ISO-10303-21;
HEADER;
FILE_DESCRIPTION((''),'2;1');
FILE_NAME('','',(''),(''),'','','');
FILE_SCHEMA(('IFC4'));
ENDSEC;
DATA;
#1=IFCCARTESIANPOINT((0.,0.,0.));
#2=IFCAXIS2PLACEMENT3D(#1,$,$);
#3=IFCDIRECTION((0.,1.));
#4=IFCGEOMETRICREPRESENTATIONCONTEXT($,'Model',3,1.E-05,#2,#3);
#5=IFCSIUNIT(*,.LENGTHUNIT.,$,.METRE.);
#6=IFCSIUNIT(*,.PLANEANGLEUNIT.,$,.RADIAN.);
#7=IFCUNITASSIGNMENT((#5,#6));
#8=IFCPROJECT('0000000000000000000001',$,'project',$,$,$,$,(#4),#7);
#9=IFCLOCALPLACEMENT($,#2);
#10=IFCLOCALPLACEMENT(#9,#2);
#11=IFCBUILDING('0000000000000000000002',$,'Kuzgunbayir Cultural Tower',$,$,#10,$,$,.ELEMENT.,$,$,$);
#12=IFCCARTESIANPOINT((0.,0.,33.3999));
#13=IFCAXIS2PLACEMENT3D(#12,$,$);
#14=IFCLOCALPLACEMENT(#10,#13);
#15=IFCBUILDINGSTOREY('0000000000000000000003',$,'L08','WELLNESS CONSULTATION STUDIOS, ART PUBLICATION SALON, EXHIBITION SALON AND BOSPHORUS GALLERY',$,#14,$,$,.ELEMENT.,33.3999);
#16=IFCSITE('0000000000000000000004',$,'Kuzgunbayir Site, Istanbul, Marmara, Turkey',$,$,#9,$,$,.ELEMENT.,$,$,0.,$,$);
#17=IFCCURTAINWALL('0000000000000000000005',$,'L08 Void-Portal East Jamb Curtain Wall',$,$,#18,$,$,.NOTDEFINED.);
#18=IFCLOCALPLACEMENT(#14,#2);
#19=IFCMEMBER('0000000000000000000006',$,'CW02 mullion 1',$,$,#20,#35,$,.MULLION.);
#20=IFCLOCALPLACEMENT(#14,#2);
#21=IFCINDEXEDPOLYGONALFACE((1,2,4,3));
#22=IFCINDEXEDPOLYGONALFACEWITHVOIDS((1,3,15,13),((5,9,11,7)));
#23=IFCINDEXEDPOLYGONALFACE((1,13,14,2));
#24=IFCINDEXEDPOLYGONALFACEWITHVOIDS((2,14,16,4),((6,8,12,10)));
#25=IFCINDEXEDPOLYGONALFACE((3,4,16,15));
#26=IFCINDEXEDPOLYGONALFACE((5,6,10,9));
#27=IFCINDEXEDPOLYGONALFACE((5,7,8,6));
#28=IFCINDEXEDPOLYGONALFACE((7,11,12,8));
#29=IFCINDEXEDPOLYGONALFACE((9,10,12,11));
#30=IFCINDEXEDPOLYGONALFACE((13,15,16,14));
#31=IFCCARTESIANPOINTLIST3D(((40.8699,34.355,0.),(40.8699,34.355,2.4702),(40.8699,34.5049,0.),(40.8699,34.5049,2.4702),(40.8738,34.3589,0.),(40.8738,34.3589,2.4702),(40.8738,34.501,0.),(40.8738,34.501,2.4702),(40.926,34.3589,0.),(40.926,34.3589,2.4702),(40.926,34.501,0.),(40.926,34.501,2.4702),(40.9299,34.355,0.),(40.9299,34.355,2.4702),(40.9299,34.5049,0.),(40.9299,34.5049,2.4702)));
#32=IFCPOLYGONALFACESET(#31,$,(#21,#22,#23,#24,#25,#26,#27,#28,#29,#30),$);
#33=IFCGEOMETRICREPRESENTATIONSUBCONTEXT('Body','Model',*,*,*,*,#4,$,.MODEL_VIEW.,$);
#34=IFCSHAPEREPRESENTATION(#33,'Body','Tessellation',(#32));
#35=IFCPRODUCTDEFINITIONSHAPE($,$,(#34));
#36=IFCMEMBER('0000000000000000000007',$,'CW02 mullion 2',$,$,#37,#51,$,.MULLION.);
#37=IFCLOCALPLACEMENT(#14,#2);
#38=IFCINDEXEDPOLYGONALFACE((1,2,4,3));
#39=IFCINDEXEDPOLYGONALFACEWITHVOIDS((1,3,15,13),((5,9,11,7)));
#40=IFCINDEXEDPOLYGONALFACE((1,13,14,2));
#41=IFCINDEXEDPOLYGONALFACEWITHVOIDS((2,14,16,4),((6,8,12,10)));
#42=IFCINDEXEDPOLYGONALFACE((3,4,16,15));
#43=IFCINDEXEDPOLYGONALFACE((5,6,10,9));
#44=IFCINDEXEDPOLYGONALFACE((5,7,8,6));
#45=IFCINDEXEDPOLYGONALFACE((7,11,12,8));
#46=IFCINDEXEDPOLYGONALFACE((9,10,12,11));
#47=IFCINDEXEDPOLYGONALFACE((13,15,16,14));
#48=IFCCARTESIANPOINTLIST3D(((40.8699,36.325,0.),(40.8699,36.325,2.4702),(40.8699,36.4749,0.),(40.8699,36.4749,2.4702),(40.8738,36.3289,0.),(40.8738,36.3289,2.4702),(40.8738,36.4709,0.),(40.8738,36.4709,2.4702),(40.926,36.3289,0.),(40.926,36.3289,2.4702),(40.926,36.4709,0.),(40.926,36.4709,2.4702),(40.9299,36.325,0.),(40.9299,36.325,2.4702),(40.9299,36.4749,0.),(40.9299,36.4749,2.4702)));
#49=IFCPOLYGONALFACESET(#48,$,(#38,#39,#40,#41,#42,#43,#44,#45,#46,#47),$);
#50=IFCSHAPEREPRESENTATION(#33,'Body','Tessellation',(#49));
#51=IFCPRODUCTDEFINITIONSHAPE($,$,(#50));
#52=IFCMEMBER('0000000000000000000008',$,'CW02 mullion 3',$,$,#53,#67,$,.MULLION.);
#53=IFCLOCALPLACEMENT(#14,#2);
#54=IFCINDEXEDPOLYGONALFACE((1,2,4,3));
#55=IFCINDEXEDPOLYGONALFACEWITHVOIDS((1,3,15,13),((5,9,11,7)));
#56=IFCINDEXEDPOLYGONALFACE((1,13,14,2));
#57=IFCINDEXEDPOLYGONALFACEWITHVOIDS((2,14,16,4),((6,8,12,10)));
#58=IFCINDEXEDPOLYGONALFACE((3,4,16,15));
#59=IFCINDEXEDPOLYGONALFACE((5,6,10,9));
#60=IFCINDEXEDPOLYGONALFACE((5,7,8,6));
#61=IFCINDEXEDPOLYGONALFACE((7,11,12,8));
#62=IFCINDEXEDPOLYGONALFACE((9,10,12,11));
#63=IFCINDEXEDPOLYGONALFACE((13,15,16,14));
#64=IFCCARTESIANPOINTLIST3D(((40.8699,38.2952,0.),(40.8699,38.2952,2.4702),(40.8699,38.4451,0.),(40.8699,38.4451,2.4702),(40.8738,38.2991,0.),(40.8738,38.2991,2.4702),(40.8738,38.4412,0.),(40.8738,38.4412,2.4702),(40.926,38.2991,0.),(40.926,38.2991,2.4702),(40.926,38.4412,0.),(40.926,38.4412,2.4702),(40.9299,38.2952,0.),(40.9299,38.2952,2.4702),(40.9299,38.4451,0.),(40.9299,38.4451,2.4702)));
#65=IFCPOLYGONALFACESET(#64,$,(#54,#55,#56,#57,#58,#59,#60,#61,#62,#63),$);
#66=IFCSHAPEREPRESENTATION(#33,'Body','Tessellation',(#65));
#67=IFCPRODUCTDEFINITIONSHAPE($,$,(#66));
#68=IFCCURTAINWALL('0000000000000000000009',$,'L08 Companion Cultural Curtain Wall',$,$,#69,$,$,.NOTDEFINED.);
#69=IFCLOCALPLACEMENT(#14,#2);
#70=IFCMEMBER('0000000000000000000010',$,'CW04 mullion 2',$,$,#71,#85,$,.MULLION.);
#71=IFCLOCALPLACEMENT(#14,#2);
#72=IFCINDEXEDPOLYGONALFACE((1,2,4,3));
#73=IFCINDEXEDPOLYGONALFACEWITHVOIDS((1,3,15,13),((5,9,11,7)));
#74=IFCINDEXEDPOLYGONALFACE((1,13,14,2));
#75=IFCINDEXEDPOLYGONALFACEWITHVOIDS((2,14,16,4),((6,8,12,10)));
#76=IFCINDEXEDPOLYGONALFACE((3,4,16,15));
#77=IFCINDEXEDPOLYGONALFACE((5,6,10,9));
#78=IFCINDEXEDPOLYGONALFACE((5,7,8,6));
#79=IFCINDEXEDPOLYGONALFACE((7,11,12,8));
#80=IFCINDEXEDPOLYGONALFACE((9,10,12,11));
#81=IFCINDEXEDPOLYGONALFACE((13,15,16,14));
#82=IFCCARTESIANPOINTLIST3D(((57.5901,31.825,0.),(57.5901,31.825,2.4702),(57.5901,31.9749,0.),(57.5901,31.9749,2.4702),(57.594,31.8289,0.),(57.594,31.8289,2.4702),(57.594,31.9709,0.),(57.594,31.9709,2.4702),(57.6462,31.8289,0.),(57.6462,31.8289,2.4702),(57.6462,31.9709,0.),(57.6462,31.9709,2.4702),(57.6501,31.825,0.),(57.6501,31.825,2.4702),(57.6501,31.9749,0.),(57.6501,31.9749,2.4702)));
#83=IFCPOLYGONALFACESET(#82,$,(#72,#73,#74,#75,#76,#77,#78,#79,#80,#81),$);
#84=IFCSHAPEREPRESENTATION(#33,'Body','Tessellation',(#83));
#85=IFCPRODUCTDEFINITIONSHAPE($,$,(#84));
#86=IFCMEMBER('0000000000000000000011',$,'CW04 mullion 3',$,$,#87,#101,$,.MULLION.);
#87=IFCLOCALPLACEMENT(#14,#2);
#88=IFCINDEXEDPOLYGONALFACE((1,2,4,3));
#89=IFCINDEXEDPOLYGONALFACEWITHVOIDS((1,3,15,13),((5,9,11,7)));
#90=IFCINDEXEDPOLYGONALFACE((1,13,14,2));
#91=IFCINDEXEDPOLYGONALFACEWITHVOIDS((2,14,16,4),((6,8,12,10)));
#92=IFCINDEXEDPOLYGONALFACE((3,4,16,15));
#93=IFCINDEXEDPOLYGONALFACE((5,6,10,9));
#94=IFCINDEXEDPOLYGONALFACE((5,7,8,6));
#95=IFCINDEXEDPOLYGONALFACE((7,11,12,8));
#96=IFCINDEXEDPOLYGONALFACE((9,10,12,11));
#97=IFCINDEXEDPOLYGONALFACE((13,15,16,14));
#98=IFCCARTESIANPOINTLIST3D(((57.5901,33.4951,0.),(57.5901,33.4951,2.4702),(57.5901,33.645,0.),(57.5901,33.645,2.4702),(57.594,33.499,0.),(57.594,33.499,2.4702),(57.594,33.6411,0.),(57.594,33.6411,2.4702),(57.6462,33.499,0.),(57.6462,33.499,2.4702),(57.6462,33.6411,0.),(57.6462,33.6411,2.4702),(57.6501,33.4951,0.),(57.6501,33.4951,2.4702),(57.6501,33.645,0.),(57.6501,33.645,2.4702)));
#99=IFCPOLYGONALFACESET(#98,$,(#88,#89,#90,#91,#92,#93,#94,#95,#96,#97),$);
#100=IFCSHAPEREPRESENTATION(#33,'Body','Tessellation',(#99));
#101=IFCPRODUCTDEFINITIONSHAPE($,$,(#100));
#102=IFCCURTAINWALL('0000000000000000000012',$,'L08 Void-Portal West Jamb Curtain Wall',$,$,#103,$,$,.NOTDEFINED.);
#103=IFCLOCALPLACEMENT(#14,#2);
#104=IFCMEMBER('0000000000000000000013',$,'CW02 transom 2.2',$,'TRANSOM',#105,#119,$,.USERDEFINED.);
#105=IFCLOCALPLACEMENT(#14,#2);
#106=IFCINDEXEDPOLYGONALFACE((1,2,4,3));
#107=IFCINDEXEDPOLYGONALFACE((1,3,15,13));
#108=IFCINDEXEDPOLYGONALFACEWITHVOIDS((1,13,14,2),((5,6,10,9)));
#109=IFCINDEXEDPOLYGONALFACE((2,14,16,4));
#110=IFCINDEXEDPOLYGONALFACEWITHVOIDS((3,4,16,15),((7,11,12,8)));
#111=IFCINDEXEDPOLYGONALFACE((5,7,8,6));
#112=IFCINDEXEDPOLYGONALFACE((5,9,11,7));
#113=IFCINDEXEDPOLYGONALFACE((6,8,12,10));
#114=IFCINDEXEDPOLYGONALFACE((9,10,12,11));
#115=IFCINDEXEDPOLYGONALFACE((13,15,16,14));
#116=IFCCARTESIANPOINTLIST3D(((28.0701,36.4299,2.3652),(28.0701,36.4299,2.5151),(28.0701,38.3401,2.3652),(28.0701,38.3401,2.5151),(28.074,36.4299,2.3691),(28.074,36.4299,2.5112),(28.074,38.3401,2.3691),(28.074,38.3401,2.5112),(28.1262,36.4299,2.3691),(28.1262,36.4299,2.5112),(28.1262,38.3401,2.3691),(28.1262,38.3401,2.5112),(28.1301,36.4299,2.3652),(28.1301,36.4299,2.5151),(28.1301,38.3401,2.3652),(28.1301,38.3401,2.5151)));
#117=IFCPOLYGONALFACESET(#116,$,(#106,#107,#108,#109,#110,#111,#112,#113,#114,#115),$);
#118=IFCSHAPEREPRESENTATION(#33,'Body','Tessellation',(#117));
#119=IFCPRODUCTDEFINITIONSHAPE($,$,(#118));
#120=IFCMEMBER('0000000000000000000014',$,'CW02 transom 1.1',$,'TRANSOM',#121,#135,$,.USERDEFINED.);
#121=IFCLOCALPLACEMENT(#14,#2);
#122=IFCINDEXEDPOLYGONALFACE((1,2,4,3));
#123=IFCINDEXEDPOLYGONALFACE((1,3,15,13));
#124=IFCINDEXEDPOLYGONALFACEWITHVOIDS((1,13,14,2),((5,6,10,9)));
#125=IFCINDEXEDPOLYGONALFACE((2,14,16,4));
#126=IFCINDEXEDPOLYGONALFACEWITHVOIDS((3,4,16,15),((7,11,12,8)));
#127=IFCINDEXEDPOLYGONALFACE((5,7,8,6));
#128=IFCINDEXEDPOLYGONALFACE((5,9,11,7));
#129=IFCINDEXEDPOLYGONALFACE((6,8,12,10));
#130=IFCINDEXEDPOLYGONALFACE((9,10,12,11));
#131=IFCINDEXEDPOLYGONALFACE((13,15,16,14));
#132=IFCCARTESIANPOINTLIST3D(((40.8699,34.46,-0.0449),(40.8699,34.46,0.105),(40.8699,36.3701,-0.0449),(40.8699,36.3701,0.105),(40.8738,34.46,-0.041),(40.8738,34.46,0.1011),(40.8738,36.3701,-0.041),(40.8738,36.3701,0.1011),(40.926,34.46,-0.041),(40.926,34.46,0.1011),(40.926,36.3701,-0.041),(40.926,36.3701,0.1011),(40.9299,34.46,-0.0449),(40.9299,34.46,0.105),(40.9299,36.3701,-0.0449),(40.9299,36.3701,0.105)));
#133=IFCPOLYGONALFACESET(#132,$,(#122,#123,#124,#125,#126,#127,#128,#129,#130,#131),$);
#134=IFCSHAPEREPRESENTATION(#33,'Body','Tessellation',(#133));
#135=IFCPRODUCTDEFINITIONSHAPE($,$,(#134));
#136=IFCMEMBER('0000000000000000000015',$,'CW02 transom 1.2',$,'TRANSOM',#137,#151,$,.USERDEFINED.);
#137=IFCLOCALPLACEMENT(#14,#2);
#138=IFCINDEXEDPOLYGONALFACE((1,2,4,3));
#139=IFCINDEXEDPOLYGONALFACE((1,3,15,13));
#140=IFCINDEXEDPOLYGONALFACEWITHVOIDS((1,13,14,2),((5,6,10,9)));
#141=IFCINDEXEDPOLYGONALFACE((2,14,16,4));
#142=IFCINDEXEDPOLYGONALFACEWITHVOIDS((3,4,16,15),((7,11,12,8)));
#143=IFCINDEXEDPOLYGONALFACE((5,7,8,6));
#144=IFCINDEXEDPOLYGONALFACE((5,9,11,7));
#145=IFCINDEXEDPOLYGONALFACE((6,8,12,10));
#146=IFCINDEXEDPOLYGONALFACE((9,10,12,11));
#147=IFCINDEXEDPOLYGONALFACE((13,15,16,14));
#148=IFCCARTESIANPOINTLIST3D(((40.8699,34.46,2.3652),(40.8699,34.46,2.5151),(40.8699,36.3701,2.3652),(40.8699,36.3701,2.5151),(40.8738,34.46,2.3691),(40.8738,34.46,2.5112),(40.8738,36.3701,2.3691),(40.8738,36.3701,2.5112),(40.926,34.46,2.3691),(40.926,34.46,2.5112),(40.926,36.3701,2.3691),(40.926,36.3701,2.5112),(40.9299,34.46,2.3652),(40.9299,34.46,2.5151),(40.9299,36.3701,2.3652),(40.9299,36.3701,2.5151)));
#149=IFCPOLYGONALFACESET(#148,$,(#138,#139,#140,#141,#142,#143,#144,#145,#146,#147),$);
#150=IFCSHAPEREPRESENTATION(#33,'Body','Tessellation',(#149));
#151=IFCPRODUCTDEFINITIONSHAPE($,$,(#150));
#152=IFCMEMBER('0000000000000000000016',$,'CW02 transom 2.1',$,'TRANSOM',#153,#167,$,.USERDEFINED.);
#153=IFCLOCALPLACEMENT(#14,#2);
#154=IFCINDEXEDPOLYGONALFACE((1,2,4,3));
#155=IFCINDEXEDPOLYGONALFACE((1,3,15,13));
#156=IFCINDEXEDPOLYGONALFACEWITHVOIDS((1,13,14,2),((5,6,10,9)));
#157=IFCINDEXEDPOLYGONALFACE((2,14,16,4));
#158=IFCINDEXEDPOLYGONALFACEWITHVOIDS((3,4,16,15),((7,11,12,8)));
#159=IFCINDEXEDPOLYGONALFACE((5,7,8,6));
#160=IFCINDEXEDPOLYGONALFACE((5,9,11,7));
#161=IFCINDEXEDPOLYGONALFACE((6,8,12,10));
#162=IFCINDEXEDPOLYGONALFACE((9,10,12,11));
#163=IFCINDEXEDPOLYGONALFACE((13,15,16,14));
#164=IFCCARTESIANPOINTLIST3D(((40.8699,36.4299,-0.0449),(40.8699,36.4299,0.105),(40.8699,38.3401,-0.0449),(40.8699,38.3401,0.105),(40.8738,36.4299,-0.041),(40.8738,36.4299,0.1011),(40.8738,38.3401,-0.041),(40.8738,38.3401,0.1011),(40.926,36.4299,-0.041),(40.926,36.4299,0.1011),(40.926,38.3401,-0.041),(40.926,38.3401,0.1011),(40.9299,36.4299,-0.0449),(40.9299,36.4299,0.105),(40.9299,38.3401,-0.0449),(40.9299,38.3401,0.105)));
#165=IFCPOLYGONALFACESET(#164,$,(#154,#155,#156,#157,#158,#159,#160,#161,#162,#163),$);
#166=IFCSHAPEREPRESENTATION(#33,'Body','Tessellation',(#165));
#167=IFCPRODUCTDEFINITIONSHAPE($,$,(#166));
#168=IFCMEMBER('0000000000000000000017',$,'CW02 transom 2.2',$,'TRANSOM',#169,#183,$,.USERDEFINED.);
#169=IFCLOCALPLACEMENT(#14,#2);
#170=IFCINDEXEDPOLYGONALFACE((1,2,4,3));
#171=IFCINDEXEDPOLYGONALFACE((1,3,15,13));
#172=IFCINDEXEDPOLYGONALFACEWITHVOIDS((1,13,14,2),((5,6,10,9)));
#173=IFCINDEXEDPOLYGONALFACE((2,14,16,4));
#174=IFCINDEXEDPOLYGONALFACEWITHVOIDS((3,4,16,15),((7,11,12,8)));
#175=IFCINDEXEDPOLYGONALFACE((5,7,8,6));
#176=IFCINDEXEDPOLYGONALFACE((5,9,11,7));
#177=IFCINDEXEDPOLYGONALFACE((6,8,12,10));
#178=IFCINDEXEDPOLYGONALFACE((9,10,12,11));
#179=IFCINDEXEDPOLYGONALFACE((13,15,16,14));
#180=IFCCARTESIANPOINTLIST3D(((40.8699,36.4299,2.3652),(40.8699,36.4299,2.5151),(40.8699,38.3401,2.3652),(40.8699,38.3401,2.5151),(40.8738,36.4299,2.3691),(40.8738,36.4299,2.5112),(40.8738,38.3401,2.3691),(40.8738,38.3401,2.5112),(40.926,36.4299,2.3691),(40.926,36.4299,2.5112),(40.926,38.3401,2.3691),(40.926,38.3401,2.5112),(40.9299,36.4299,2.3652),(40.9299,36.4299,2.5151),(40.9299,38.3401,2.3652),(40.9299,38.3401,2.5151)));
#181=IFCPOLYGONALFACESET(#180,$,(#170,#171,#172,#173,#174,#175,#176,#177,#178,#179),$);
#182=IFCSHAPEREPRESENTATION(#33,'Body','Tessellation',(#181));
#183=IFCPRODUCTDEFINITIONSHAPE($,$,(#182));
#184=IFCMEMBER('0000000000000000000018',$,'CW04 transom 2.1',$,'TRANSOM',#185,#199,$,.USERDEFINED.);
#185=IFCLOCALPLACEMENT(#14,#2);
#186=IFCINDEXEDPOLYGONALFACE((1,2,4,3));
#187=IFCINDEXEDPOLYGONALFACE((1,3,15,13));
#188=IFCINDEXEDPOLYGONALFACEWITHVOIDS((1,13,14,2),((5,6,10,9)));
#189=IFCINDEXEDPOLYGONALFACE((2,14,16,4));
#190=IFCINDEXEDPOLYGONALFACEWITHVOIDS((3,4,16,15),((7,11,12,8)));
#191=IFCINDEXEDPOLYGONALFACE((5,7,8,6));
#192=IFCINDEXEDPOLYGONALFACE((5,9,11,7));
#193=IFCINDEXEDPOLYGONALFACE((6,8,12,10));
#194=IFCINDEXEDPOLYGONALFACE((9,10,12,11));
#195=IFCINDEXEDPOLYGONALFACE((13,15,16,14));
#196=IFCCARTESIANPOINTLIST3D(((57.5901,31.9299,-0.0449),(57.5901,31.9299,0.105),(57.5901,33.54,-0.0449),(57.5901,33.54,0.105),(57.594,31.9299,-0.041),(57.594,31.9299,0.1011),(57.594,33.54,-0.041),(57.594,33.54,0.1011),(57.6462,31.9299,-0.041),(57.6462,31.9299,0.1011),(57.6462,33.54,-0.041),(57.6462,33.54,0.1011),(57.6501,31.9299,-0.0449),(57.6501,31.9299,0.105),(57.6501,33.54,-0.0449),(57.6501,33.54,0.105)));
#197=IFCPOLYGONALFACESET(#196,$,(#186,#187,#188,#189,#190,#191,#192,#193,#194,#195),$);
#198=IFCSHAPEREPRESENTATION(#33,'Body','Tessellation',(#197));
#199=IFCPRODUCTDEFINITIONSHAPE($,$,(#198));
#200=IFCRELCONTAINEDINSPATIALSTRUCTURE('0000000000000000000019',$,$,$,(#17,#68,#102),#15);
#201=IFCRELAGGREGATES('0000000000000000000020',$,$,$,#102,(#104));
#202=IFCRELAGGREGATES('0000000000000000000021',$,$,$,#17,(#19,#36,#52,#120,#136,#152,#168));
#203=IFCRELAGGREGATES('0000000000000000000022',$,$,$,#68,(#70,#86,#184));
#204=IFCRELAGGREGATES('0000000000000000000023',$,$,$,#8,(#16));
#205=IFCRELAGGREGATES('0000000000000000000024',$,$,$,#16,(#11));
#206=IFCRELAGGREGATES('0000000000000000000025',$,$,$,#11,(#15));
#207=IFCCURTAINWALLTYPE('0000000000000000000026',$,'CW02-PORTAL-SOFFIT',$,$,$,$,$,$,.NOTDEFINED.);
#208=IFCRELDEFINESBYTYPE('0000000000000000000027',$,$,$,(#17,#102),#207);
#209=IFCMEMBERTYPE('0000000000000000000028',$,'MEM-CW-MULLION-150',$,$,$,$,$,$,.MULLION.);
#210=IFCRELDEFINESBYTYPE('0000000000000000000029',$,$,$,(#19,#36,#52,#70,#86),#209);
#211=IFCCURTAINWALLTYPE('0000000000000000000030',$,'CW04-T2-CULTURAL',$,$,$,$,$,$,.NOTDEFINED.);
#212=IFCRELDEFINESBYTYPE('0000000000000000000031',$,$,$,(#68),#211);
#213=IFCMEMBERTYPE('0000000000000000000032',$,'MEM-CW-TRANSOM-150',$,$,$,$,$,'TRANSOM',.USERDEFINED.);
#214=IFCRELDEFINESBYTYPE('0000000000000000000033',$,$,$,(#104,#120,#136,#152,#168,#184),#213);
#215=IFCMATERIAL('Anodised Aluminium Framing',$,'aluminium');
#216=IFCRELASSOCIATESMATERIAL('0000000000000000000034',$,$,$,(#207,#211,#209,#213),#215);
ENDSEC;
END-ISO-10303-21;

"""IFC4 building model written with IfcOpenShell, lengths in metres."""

from ifc_helpers import new_model, si_unit, direction, frame, origin, origin_2d, place, context, subcontext, project, spatial, hollow_rectangle, extrude, material, material_profile, profile_set, type_object, element, aggregate, save


model = new_model("IFC4")

# Units and contexts
model_context = context("Model", 3, precision=1e-05, world=origin(), true_north=direction((0.0, 1.0)))
body_context = subcontext(model_context, "Body", "Model", "MODEL_VIEW")
ifc_project = project(units=[si_unit("LENGTHUNIT", "METRE"), si_unit("PLANEANGLEUNIT", "RADIAN")], contexts=[model_context])

# Site, building, storey
site_placement = place(None, origin())
site = spatial("IfcSite", under=ifc_project, at=site_placement, Name="Kuzgunbayir Site, Istanbul, Marmara, Turkey", CompositionType="ELEMENT", RefElevation=0.0)
building_placement = place(site_placement, origin())
building = spatial("IfcBuilding", under=site, at=building_placement, Name="Kuzgunbayir Cultural Tower", CompositionType="ELEMENT")
storey_placement = place(building_placement, frame((0.0, 0.0, 33.3999)))
storey = spatial("IfcBuildingStorey", under=building, at=storey_placement, Name="L08", Description="WELLNESS CONSULTATION STUDIOS, ART PUBLICATION SALON, EXHIBITION SALON AND BOSPHORUS GALLERY", CompositionType="ELEMENT", Elevation=33.3999)

# Curtain walls, members
ifc_material_1 = material(Name="Anodised Aluminium Framing", Category="aluminium")
curtain_wall_type_1 = type_object("IfcCurtainWallType", Name="CW02-PORTAL-SOFFIT", PredefinedType="NOTDEFINED", material=ifc_material_1)
curtain_wall_1_placement = place(storey_placement, origin())
curtain_wall_1 = element("IfcCurtainWall", 1, at=curtain_wall_1_placement, inside=storey, type_object=curtain_wall_type_1, Name="L08 Void-Portal East Jamb Curtain Wall", PredefinedType="NOTDEFINED")
ifc_material_profile_1 = material_profile(ifc_material_1, hollow_rectangle(XDim=0.0601, YDim=0.1499, WallThickness=0.0039, at=origin_2d()), Name="RHS 150x60x4")
ifc_profile_set_1 = profile_set([ifc_material_profile_1], Name="Anodised Aluminium Framing")
member_type_1 = type_object("IfcMemberType", Name="MEM-CW-MULLION-150", PredefinedType="MULLION", material=ifc_profile_set_1)
member_1_placement = place(storey_placement, frame((40.8999, 34.4299, 0.0), z_axis=(0.0, 0.0, 1.0), x_axis=(-1.0, 0.0, 0.0)))
member_1 = element("IfcMember", 2, at=member_1_placement, type_object=member_type_1, Name="CW02 mullion 1", PredefinedType="MULLION", context=body_context, shape_type="SweptSolid", body=[
    extrude(hollow_rectangle(XDim=0.0601, YDim=0.1499, WallThickness=0.0039, at=origin_2d()), origin(), (0.0, 0.0, 1.0), 2.4702),
])
member_2_placement = place(storey_placement, frame((40.8999, 36.3999, 0.0), z_axis=(0.0, 0.0, 1.0), x_axis=(-1.0, 0.0, 0.0)))
member_2 = element("IfcMember", 3, at=member_2_placement, type_object=member_type_1, Name="CW02 mullion 2", PredefinedType="MULLION", context=body_context, shape_type="SweptSolid", body=[
    extrude(hollow_rectangle(XDim=0.0601, YDim=0.1499, WallThickness=0.0039, at=origin_2d()), origin(), (0.0, 0.0, 1.0), 2.4702),
])
member_3_placement = place(storey_placement, frame((40.8999, 38.3701, 0.0), z_axis=(0.0, 0.0, 1.0), x_axis=(-1.0, 0.0, 0.0)))
member_3 = element("IfcMember", 4, at=member_3_placement, type_object=member_type_1, Name="CW02 mullion 3", PredefinedType="MULLION", context=body_context, shape_type="SweptSolid", body=[
    extrude(hollow_rectangle(XDim=0.0601, YDim=0.1499, WallThickness=0.0039, at=origin_2d()), origin(), (0.0, 0.0, 1.0), 2.4702),
])
curtain_wall_type_2 = type_object("IfcCurtainWallType", Name="CW04-T2-CULTURAL", PredefinedType="NOTDEFINED", material=ifc_material_1)
curtain_wall_2_placement = place(storey_placement, origin())
curtain_wall_2 = element("IfcCurtainWall", 5, at=curtain_wall_2_placement, inside=storey, type_object=curtain_wall_type_2, Name="L08 Companion Cultural Curtain Wall", PredefinedType="NOTDEFINED")
member_4_placement = place(storey_placement, frame((57.6201, 31.8999, 0.0), z_axis=(0.0, 0.0, 1.0), x_axis=(-1.0, 0.0, 0.0)))
member_4 = element("IfcMember", 6, at=member_4_placement, type_object=member_type_1, Name="CW04 mullion 2", PredefinedType="MULLION", context=body_context, shape_type="SweptSolid", body=[
    extrude(hollow_rectangle(XDim=0.0601, YDim=0.1499, WallThickness=0.0039, at=origin_2d()), origin(), (0.0, 0.0, 1.0), 2.4702),
])
member_5_placement = place(storey_placement, frame((57.6201, 33.5701, 0.0), z_axis=(0.0, 0.0, 1.0), x_axis=(-1.0, 0.0, 0.0)))
member_5 = element("IfcMember", 7, at=member_5_placement, type_object=member_type_1, Name="CW04 mullion 3", PredefinedType="MULLION", context=body_context, shape_type="SweptSolid", body=[
    extrude(hollow_rectangle(XDim=0.0601, YDim=0.1499, WallThickness=0.0039, at=origin_2d()), origin(), (0.0, 0.0, 1.0), 2.4702),
])

# Curtain wall, member
curtain_wall_3_placement = place(storey_placement, origin())
curtain_wall_3 = element("IfcCurtainWall", 8, at=curtain_wall_3_placement, inside=storey, type_object=curtain_wall_type_1, Name="L08 Void-Portal West Jamb Curtain Wall", PredefinedType="NOTDEFINED")
ifc_material_profile_2 = material_profile(ifc_material_1, hollow_rectangle(XDim=0.0601, YDim=0.1499, WallThickness=0.0039, at=origin_2d()), Name="RHS 150x60x4")
ifc_profile_set_2 = profile_set([ifc_material_profile_2], Name="Anodised Aluminium Framing")
member_type_2 = type_object("IfcMemberType", Name="MEM-CW-TRANSOM-150", ElementType="TRANSOM", PredefinedType="USERDEFINED", material=ifc_profile_set_2)
member_6_placement = place(storey_placement, frame((28.1001, 36.4299, 2.4402), z_axis=(0.0, 1.0, 0.0), x_axis=(-1.0, 0.0, 0.0)))
member_6 = element("IfcMember", 9, at=member_6_placement, type_object=member_type_2, Name="CW02 transom 2.2", ObjectType="TRANSOM", PredefinedType="USERDEFINED", context=body_context, shape_type="SweptSolid", body=[
    extrude(hollow_rectangle(XDim=0.0601, YDim=0.1499, WallThickness=0.0039, at=origin_2d()), origin(), (0.0, 0.0, 1.0), 1.9102),
])

# Members
member_7_placement = place(storey_placement, frame((40.8999, 34.46, 0.03), z_axis=(0.0, 1.0, 0.0), x_axis=(-1.0, 0.0, 0.0)))
member_7 = element("IfcMember", 10, at=member_7_placement, type_object=member_type_2, Name="CW02 transom 1.1", ObjectType="TRANSOM", PredefinedType="USERDEFINED", context=body_context, shape_type="SweptSolid", body=[
    extrude(hollow_rectangle(XDim=0.0601, YDim=0.1499, WallThickness=0.0039, at=origin_2d()), origin(), (0.0, 0.0, 1.0), 1.9102),
])
member_8_placement = place(storey_placement, frame((40.8999, 34.46, 2.4402), z_axis=(0.0, 1.0, 0.0), x_axis=(-1.0, 0.0, 0.0)))
member_8 = element("IfcMember", 11, at=member_8_placement, type_object=member_type_2, Name="CW02 transom 1.2", ObjectType="TRANSOM", PredefinedType="USERDEFINED", context=body_context, shape_type="SweptSolid", body=[
    extrude(hollow_rectangle(XDim=0.0601, YDim=0.1499, WallThickness=0.0039, at=origin_2d()), origin(), (0.0, 0.0, 1.0), 1.9102),
])
member_9_placement = place(storey_placement, frame((40.8999, 36.4299, 0.03), z_axis=(0.0, 1.0, 0.0), x_axis=(-1.0, 0.0, 0.0)))
member_9 = element("IfcMember", 12, at=member_9_placement, type_object=member_type_2, Name="CW02 transom 2.1", ObjectType="TRANSOM", PredefinedType="USERDEFINED", context=body_context, shape_type="SweptSolid", body=[
    extrude(hollow_rectangle(XDim=0.0601, YDim=0.1499, WallThickness=0.0039, at=origin_2d()), origin(), (0.0, 0.0, 1.0), 1.9102),
])
member_10_placement = place(storey_placement, frame((40.8999, 36.4299, 2.4402), z_axis=(0.0, 1.0, 0.0), x_axis=(-1.0, 0.0, 0.0)))
member_10 = element("IfcMember", 13, at=member_10_placement, type_object=member_type_2, Name="CW02 transom 2.2", ObjectType="TRANSOM", PredefinedType="USERDEFINED", context=body_context, shape_type="SweptSolid", body=[
    extrude(hollow_rectangle(XDim=0.0601, YDim=0.1499, WallThickness=0.0039, at=origin_2d()), origin(), (0.0, 0.0, 1.0), 1.9102),
])
member_11_placement = place(storey_placement, frame((57.6201, 31.9299, 0.03), z_axis=(0.0, 1.0, 0.0), x_axis=(-1.0, 0.0, 0.0)))
member_11 = element("IfcMember", 14, at=member_11_placement, type_object=member_type_2, Name="CW04 transom 2.1", ObjectType="TRANSOM", PredefinedType="USERDEFINED", context=body_context, shape_type="SweptSolid", body=[
    extrude(hollow_rectangle(XDim=0.0601, YDim=0.1499, WallThickness=0.0039, at=origin_2d()), origin(), (0.0, 0.0, 1.0), 1.6101),
])

aggregate(curtain_wall_3, [member_6])
aggregate(curtain_wall_1, [member_1, member_2, member_3, member_7, member_8, member_9, member_10])
aggregate(curtain_wall_2, [member_4, member_5, member_11])

save(model, "model.ifc")
